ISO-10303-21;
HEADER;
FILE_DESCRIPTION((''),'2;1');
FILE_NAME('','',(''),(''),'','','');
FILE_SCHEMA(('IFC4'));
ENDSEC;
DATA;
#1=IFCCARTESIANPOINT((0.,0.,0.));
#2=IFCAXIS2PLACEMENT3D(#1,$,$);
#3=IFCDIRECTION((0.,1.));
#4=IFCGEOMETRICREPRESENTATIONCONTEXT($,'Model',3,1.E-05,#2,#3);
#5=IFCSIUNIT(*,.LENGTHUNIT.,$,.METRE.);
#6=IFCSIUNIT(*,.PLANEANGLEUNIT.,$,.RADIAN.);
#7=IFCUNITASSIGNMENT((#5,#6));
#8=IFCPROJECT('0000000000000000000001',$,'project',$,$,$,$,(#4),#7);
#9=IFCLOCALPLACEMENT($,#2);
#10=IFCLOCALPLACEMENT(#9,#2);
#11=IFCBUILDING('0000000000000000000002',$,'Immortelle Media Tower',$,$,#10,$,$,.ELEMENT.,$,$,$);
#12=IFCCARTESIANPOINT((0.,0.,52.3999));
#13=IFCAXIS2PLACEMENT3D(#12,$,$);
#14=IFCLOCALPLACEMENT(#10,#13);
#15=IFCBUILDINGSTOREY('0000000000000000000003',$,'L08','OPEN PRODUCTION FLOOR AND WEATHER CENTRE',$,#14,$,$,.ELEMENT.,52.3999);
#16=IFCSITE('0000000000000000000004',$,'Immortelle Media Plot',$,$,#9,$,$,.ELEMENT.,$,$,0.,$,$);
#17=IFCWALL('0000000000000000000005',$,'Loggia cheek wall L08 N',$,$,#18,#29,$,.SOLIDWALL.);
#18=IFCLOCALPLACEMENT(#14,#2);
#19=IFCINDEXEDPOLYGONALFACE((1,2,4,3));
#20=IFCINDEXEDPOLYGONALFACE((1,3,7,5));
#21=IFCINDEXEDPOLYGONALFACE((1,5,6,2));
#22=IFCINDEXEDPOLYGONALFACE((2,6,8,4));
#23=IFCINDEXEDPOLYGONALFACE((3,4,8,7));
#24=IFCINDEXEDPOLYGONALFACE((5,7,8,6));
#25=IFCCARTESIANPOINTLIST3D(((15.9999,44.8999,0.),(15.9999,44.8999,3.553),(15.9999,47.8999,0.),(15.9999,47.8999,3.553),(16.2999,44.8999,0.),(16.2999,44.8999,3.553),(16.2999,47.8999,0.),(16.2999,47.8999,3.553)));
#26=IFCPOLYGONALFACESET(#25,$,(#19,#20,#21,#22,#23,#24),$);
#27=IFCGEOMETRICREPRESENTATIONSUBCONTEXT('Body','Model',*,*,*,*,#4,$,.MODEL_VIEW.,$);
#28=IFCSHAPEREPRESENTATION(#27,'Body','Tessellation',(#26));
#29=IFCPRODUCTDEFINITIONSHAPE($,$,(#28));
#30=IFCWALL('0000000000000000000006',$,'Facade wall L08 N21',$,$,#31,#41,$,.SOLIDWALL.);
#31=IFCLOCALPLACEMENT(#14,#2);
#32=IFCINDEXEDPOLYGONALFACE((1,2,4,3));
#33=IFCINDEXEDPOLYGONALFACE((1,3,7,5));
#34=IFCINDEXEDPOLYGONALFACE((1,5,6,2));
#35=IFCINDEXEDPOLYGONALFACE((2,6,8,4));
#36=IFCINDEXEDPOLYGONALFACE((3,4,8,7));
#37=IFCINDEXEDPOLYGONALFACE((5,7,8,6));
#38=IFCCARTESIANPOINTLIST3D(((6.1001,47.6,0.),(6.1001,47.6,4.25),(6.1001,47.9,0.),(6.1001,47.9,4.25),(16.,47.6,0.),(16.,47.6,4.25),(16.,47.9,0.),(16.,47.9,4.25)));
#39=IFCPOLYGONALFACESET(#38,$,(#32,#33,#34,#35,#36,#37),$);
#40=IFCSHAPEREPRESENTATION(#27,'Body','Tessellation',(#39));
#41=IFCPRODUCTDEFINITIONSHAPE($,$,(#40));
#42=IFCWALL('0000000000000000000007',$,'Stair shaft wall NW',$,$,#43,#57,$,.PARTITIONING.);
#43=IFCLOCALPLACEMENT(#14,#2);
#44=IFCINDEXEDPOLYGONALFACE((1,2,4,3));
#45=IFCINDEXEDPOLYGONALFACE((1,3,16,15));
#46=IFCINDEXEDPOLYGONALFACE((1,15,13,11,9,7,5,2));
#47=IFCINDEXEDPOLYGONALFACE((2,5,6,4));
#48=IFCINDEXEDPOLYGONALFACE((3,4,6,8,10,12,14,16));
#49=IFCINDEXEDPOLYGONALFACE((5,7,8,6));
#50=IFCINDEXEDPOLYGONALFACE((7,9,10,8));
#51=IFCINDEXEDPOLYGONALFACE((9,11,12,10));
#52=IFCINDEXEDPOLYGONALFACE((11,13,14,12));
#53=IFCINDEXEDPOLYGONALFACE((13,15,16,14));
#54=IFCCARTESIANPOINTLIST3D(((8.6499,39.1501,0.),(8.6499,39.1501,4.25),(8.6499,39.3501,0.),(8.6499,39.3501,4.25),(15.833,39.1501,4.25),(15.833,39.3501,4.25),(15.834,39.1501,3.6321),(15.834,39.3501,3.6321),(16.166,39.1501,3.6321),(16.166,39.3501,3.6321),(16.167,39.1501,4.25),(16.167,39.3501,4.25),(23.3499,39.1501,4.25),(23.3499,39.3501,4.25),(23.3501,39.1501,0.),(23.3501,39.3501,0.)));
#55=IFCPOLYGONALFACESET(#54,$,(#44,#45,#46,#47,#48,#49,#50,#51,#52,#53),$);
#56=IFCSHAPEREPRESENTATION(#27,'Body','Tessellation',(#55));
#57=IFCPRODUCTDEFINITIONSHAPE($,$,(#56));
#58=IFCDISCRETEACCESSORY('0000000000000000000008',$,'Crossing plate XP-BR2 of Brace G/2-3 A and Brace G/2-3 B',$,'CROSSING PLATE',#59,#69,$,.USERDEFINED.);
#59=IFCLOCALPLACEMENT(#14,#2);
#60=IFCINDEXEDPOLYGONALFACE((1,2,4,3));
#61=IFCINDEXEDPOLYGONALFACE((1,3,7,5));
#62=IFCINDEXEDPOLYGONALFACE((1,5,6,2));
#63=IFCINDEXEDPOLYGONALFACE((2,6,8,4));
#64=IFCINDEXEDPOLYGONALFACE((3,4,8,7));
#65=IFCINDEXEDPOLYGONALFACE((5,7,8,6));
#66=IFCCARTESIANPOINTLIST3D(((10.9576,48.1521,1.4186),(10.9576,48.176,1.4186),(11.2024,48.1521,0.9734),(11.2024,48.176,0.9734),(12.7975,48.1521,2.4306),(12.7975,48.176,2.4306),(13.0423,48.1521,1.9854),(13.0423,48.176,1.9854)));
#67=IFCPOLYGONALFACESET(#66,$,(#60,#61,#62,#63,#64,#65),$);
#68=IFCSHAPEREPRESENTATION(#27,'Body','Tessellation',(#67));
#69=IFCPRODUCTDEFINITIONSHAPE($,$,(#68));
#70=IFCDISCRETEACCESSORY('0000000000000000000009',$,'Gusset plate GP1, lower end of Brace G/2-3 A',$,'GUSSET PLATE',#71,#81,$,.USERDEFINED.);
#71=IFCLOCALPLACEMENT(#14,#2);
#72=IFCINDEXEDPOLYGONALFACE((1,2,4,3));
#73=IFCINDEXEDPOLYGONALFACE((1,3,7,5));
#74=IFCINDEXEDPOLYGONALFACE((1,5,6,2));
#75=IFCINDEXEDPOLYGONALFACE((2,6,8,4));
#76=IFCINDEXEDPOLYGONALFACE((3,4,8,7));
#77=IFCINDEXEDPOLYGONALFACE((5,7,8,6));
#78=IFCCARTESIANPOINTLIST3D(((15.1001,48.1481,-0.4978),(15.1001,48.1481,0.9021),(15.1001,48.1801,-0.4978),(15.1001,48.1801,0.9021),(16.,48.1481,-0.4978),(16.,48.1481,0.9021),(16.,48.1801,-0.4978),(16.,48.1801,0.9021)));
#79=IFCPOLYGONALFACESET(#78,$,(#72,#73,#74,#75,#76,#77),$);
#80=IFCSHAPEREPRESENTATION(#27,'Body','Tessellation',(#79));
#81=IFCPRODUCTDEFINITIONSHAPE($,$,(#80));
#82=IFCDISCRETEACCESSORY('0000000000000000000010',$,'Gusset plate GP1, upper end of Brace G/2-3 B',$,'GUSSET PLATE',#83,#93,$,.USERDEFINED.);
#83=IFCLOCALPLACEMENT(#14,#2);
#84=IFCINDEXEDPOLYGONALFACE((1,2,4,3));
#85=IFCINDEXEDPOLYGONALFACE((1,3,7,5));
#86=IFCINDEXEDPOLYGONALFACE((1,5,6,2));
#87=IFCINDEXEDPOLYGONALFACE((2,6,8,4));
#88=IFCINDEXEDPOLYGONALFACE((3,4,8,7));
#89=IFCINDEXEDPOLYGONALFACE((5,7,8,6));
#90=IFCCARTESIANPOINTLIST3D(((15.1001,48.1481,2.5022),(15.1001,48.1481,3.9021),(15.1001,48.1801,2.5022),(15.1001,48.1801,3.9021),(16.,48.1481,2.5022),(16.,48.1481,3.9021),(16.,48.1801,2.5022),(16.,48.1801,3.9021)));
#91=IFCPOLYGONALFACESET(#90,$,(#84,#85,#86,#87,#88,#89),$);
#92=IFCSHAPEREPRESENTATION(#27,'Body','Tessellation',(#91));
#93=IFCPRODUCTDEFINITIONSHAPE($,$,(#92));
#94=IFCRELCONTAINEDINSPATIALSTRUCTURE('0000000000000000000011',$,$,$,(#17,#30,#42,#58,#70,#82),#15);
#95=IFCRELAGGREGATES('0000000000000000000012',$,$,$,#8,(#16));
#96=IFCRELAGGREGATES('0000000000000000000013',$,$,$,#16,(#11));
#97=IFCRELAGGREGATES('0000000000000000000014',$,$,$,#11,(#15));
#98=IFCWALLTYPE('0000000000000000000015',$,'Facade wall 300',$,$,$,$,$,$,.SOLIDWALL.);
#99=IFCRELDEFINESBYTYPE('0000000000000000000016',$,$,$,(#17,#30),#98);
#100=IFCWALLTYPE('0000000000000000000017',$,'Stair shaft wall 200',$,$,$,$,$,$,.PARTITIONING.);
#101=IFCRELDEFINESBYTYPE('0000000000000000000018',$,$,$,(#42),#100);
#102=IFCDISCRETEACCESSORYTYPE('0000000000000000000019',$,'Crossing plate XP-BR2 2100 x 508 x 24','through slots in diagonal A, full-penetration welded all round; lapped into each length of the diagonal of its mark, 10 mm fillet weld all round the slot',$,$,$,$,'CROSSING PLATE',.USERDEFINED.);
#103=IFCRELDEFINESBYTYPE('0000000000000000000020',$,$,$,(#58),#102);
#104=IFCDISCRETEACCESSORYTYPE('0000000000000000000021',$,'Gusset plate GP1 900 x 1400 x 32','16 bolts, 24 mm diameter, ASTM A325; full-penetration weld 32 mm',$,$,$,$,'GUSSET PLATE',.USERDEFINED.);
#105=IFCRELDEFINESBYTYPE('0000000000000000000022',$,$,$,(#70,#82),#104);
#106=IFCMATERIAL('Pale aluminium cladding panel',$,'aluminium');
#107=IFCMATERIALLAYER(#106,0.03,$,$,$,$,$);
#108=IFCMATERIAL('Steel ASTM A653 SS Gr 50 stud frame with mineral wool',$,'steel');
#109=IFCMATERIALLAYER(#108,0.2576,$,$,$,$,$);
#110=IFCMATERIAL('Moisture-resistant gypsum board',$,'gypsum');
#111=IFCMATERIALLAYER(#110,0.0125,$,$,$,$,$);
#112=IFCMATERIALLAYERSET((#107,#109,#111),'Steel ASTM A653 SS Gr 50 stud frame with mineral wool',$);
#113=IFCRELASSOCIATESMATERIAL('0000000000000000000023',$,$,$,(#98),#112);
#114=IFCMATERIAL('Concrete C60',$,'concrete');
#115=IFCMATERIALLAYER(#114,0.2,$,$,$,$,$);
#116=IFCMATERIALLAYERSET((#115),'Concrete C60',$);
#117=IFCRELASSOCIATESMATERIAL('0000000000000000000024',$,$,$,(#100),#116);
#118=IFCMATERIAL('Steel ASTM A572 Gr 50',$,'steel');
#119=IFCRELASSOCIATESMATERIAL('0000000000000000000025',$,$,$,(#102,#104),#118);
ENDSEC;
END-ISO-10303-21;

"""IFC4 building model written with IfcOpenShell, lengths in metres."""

from ifc_helpers import new_model, si_unit, direction, frame, frame_2d, origin, origin_2d, place, context, subcontext, project, spatial, polyline, rectangle, outline, extrude, material, layer, layer_set, material_profile, profile_set, type_object, element, save


model = new_model("IFC4")

# Units and contexts
model_context = context("Model", 3, precision=1e-05, world=origin(), true_north=direction((0.0, 1.0)))
body_context = subcontext(model_context, "Body", "Model", "MODEL_VIEW")
ifc_project = project(units=[si_unit("LENGTHUNIT", "METRE"), si_unit("PLANEANGLEUNIT", "RADIAN")], contexts=[model_context])

# Site, building, storey
site_placement = place(None, origin())
site = spatial("IfcSite", under=ifc_project, at=site_placement, Name="Immortelle Media Plot", CompositionType="ELEMENT", RefElevation=0.0)
building_placement = place(site_placement, origin())
building = spatial("IfcBuilding", under=site, at=building_placement, Name="Immortelle Media Tower", CompositionType="ELEMENT")
storey_placement = place(building_placement, frame((0.0, 0.0, 52.3999)))
storey = spatial("IfcBuildingStorey", under=building, at=storey_placement, Name="L08", Description="OPEN PRODUCTION FLOOR AND WEATHER CENTRE", CompositionType="ELEMENT", Elevation=52.3999)

# Walls
ifc_material_1 = material(Name="Pale aluminium cladding panel", Category="aluminium")
ifc_layer_1 = layer(ifc_material_1, 0.03)
ifc_material_2 = material(Name="Steel ASTM A653 SS Gr 50 stud frame with mineral wool", Category="steel")
ifc_layer_2 = layer(ifc_material_2, 0.2576)
ifc_material_3 = material(Name="Moisture-resistant gypsum board", Category="gypsum")
ifc_layer_3 = layer(ifc_material_3, 0.0125)
ifc_layer_set_1 = layer_set([ifc_layer_1, ifc_layer_2, ifc_layer_3], Name="Steel ASTM A653 SS Gr 50 stud frame with mineral wool")
wall_type_1 = type_object("IfcWallType", Name="Facade wall 300", PredefinedType="SOLIDWALL", material=ifc_layer_set_1)
wall_1_placement = place(storey_placement, frame((16.1499, 47.8999, 0.0), z_axis=(0.0, 0.0, 1.0), x_axis=(0.0, -1.0, 0.0)))
element("IfcWall", 1, at=wall_1_placement, inside=storey, type_object=wall_type_1, Name="Loggia cheek wall L08 N", PredefinedType="SOLIDWALL", context=body_context, shape_type="SweptSolid", body=[
    extrude(rectangle(XDim=3.0, YDim=0.3, at=frame_2d((1.5, 0.0))), origin(), (0.0, 0.0, 1.0), 3.553),
])
wall_2_placement = place(storey_placement, frame((16.0, 47.75, 0.0), z_axis=(0.0, 0.0, 1.0), x_axis=(-1.0, 0.0, 0.0)))
element("IfcWall", 2, at=wall_2_placement, inside=storey, type_object=wall_type_1, Name="Facade wall L08 N21", PredefinedType="SOLIDWALL", context=body_context, shape_type="SweptSolid", body=[
    extrude(rectangle(XDim=9.8999, YDim=0.3, at=frame_2d((4.95, 0.0))), origin(), (0.0, 0.0, 1.0), 4.25),
])
ifc_material_4 = material(Name="Concrete C60", Category="concrete")
ifc_layer_4 = layer(ifc_material_4, 0.2)
ifc_layer_set_2 = layer_set([ifc_layer_4], Name="Concrete C60")
wall_type_2 = type_object("IfcWallType", Name="Stair shaft wall 200", PredefinedType="PARTITIONING", material=ifc_layer_set_2)
wall_3_placement = place(storey_placement, frame((8.6499, 39.25, 0.0), z_axis=(0.0, 0.0, 1.0), x_axis=(1.0, 0.0, 0.0)))
element("IfcWall", 3, at=wall_3_placement, inside=storey, type_object=wall_type_2, Name="Stair shaft wall NW", PredefinedType="PARTITIONING", context=body_context, shape_type="SweptSolid", body=[
    extrude(outline(polyline([(0.0, 0.0), (14.7002, 0.0), (14.7, 4.25), (7.5171, 4.25), (7.5161, 3.6321), (7.1841, 3.6321), (7.1831, 4.25), (0.0, 4.25), (0.0, 0.0)])), frame((0.0, 0.1001, 0.0), z_axis=(0.0, -1.0, 0.0), x_axis=(1.0, 0.0, 0.0)), (0.0, 0.0, 1.0), 0.2),
])

# Discrete accessories
ifc_material_5 = material(Name="Steel ASTM A572 Gr 50", Category="steel")
ifc_material_profile_1 = material_profile(ifc_material_5, rectangle(XDim=0.0239, YDim=0.5081, at=origin_2d()), Name="PL 24 x 508")
ifc_profile_set_1 = profile_set([ifc_material_profile_1], Name="Steel ASTM A572 Gr 50")
discrete_accessory_type_1 = type_object("IfcDiscreteAccessoryType", Name="Crossing plate XP-BR2 2100 x 508 x 24", Description="through slots in diagonal A, full-penetration welded all round; lapped into each length of the diagonal of its mark, 10 mm fillet weld all round the slot", ElementType="CROSSING PLATE", PredefinedType="USERDEFINED", material=ifc_profile_set_1)
discrete_accessory_placement = place(storey_placement, frame((12.9199, 48.1641, 2.208), z_axis=(-0.876206, 0.0, -0.481937), x_axis=(0.0, -1.0, 0.0)))
element("IfcDiscreteAccessory", 4, at=discrete_accessory_placement, inside=storey, type_object=discrete_accessory_type_1, Name="Crossing plate XP-BR2 of Brace G/2-3 A and Brace G/2-3 B", ObjectType="CROSSING PLATE", PredefinedType="USERDEFINED", context=body_context, shape_type="SweptSolid", body=[
    extrude(rectangle(XDim=0.0239, YDim=0.5081, at=origin_2d()), origin(), (0.0, 0.0, 1.0), 2.0999),
])
ifc_material_profile_2 = material_profile(ifc_material_5, rectangle(XDim=0.032, YDim=1.3999, at=origin_2d()), Name="PL 32 x 1400")
ifc_profile_set_2 = profile_set([ifc_material_profile_2], Name="Steel ASTM A572 Gr 50")
discrete_accessory_type_2 = type_object("IfcDiscreteAccessoryType", Name="Gusset plate GP1 900 x 1400 x 32", Description="16 bolts, 24 mm diameter, ASTM A325; full-penetration weld 32 mm", ElementType="GUSSET PLATE", PredefinedType="USERDEFINED", material=ifc_profile_set_2)
for number, where, z_axis, x_axis, name in (
    (5, (16.0, 48.1641, 0.2021), (-1.0, 0.0, 0.0), (0.0, -1.0, 0.0), "Gusset plate GP1, lower end of Brace G/2-3 A"),
    (6, (16.0, 48.1641, 3.2021), (-1.0, 0.0, 0.0), (0.0, -1.0, 0.0), "Gusset plate GP1, upper end of Brace G/2-3 B"),
):
    element("IfcDiscreteAccessory", number, at=place(storey_placement, frame(where, z_axis=z_axis, x_axis=x_axis)), inside=storey, type_object=discrete_accessory_type_2, Name=name, ObjectType="GUSSET PLATE", PredefinedType="USERDEFINED", context=body_context, shape_type="SweptSolid", body=[
        extrude(rectangle(XDim=0.032, YDim=1.3999, at=origin_2d()), origin(), (0.0, 0.0, 1.0), 0.8999),
    ])

save(model, "model.ifc")
